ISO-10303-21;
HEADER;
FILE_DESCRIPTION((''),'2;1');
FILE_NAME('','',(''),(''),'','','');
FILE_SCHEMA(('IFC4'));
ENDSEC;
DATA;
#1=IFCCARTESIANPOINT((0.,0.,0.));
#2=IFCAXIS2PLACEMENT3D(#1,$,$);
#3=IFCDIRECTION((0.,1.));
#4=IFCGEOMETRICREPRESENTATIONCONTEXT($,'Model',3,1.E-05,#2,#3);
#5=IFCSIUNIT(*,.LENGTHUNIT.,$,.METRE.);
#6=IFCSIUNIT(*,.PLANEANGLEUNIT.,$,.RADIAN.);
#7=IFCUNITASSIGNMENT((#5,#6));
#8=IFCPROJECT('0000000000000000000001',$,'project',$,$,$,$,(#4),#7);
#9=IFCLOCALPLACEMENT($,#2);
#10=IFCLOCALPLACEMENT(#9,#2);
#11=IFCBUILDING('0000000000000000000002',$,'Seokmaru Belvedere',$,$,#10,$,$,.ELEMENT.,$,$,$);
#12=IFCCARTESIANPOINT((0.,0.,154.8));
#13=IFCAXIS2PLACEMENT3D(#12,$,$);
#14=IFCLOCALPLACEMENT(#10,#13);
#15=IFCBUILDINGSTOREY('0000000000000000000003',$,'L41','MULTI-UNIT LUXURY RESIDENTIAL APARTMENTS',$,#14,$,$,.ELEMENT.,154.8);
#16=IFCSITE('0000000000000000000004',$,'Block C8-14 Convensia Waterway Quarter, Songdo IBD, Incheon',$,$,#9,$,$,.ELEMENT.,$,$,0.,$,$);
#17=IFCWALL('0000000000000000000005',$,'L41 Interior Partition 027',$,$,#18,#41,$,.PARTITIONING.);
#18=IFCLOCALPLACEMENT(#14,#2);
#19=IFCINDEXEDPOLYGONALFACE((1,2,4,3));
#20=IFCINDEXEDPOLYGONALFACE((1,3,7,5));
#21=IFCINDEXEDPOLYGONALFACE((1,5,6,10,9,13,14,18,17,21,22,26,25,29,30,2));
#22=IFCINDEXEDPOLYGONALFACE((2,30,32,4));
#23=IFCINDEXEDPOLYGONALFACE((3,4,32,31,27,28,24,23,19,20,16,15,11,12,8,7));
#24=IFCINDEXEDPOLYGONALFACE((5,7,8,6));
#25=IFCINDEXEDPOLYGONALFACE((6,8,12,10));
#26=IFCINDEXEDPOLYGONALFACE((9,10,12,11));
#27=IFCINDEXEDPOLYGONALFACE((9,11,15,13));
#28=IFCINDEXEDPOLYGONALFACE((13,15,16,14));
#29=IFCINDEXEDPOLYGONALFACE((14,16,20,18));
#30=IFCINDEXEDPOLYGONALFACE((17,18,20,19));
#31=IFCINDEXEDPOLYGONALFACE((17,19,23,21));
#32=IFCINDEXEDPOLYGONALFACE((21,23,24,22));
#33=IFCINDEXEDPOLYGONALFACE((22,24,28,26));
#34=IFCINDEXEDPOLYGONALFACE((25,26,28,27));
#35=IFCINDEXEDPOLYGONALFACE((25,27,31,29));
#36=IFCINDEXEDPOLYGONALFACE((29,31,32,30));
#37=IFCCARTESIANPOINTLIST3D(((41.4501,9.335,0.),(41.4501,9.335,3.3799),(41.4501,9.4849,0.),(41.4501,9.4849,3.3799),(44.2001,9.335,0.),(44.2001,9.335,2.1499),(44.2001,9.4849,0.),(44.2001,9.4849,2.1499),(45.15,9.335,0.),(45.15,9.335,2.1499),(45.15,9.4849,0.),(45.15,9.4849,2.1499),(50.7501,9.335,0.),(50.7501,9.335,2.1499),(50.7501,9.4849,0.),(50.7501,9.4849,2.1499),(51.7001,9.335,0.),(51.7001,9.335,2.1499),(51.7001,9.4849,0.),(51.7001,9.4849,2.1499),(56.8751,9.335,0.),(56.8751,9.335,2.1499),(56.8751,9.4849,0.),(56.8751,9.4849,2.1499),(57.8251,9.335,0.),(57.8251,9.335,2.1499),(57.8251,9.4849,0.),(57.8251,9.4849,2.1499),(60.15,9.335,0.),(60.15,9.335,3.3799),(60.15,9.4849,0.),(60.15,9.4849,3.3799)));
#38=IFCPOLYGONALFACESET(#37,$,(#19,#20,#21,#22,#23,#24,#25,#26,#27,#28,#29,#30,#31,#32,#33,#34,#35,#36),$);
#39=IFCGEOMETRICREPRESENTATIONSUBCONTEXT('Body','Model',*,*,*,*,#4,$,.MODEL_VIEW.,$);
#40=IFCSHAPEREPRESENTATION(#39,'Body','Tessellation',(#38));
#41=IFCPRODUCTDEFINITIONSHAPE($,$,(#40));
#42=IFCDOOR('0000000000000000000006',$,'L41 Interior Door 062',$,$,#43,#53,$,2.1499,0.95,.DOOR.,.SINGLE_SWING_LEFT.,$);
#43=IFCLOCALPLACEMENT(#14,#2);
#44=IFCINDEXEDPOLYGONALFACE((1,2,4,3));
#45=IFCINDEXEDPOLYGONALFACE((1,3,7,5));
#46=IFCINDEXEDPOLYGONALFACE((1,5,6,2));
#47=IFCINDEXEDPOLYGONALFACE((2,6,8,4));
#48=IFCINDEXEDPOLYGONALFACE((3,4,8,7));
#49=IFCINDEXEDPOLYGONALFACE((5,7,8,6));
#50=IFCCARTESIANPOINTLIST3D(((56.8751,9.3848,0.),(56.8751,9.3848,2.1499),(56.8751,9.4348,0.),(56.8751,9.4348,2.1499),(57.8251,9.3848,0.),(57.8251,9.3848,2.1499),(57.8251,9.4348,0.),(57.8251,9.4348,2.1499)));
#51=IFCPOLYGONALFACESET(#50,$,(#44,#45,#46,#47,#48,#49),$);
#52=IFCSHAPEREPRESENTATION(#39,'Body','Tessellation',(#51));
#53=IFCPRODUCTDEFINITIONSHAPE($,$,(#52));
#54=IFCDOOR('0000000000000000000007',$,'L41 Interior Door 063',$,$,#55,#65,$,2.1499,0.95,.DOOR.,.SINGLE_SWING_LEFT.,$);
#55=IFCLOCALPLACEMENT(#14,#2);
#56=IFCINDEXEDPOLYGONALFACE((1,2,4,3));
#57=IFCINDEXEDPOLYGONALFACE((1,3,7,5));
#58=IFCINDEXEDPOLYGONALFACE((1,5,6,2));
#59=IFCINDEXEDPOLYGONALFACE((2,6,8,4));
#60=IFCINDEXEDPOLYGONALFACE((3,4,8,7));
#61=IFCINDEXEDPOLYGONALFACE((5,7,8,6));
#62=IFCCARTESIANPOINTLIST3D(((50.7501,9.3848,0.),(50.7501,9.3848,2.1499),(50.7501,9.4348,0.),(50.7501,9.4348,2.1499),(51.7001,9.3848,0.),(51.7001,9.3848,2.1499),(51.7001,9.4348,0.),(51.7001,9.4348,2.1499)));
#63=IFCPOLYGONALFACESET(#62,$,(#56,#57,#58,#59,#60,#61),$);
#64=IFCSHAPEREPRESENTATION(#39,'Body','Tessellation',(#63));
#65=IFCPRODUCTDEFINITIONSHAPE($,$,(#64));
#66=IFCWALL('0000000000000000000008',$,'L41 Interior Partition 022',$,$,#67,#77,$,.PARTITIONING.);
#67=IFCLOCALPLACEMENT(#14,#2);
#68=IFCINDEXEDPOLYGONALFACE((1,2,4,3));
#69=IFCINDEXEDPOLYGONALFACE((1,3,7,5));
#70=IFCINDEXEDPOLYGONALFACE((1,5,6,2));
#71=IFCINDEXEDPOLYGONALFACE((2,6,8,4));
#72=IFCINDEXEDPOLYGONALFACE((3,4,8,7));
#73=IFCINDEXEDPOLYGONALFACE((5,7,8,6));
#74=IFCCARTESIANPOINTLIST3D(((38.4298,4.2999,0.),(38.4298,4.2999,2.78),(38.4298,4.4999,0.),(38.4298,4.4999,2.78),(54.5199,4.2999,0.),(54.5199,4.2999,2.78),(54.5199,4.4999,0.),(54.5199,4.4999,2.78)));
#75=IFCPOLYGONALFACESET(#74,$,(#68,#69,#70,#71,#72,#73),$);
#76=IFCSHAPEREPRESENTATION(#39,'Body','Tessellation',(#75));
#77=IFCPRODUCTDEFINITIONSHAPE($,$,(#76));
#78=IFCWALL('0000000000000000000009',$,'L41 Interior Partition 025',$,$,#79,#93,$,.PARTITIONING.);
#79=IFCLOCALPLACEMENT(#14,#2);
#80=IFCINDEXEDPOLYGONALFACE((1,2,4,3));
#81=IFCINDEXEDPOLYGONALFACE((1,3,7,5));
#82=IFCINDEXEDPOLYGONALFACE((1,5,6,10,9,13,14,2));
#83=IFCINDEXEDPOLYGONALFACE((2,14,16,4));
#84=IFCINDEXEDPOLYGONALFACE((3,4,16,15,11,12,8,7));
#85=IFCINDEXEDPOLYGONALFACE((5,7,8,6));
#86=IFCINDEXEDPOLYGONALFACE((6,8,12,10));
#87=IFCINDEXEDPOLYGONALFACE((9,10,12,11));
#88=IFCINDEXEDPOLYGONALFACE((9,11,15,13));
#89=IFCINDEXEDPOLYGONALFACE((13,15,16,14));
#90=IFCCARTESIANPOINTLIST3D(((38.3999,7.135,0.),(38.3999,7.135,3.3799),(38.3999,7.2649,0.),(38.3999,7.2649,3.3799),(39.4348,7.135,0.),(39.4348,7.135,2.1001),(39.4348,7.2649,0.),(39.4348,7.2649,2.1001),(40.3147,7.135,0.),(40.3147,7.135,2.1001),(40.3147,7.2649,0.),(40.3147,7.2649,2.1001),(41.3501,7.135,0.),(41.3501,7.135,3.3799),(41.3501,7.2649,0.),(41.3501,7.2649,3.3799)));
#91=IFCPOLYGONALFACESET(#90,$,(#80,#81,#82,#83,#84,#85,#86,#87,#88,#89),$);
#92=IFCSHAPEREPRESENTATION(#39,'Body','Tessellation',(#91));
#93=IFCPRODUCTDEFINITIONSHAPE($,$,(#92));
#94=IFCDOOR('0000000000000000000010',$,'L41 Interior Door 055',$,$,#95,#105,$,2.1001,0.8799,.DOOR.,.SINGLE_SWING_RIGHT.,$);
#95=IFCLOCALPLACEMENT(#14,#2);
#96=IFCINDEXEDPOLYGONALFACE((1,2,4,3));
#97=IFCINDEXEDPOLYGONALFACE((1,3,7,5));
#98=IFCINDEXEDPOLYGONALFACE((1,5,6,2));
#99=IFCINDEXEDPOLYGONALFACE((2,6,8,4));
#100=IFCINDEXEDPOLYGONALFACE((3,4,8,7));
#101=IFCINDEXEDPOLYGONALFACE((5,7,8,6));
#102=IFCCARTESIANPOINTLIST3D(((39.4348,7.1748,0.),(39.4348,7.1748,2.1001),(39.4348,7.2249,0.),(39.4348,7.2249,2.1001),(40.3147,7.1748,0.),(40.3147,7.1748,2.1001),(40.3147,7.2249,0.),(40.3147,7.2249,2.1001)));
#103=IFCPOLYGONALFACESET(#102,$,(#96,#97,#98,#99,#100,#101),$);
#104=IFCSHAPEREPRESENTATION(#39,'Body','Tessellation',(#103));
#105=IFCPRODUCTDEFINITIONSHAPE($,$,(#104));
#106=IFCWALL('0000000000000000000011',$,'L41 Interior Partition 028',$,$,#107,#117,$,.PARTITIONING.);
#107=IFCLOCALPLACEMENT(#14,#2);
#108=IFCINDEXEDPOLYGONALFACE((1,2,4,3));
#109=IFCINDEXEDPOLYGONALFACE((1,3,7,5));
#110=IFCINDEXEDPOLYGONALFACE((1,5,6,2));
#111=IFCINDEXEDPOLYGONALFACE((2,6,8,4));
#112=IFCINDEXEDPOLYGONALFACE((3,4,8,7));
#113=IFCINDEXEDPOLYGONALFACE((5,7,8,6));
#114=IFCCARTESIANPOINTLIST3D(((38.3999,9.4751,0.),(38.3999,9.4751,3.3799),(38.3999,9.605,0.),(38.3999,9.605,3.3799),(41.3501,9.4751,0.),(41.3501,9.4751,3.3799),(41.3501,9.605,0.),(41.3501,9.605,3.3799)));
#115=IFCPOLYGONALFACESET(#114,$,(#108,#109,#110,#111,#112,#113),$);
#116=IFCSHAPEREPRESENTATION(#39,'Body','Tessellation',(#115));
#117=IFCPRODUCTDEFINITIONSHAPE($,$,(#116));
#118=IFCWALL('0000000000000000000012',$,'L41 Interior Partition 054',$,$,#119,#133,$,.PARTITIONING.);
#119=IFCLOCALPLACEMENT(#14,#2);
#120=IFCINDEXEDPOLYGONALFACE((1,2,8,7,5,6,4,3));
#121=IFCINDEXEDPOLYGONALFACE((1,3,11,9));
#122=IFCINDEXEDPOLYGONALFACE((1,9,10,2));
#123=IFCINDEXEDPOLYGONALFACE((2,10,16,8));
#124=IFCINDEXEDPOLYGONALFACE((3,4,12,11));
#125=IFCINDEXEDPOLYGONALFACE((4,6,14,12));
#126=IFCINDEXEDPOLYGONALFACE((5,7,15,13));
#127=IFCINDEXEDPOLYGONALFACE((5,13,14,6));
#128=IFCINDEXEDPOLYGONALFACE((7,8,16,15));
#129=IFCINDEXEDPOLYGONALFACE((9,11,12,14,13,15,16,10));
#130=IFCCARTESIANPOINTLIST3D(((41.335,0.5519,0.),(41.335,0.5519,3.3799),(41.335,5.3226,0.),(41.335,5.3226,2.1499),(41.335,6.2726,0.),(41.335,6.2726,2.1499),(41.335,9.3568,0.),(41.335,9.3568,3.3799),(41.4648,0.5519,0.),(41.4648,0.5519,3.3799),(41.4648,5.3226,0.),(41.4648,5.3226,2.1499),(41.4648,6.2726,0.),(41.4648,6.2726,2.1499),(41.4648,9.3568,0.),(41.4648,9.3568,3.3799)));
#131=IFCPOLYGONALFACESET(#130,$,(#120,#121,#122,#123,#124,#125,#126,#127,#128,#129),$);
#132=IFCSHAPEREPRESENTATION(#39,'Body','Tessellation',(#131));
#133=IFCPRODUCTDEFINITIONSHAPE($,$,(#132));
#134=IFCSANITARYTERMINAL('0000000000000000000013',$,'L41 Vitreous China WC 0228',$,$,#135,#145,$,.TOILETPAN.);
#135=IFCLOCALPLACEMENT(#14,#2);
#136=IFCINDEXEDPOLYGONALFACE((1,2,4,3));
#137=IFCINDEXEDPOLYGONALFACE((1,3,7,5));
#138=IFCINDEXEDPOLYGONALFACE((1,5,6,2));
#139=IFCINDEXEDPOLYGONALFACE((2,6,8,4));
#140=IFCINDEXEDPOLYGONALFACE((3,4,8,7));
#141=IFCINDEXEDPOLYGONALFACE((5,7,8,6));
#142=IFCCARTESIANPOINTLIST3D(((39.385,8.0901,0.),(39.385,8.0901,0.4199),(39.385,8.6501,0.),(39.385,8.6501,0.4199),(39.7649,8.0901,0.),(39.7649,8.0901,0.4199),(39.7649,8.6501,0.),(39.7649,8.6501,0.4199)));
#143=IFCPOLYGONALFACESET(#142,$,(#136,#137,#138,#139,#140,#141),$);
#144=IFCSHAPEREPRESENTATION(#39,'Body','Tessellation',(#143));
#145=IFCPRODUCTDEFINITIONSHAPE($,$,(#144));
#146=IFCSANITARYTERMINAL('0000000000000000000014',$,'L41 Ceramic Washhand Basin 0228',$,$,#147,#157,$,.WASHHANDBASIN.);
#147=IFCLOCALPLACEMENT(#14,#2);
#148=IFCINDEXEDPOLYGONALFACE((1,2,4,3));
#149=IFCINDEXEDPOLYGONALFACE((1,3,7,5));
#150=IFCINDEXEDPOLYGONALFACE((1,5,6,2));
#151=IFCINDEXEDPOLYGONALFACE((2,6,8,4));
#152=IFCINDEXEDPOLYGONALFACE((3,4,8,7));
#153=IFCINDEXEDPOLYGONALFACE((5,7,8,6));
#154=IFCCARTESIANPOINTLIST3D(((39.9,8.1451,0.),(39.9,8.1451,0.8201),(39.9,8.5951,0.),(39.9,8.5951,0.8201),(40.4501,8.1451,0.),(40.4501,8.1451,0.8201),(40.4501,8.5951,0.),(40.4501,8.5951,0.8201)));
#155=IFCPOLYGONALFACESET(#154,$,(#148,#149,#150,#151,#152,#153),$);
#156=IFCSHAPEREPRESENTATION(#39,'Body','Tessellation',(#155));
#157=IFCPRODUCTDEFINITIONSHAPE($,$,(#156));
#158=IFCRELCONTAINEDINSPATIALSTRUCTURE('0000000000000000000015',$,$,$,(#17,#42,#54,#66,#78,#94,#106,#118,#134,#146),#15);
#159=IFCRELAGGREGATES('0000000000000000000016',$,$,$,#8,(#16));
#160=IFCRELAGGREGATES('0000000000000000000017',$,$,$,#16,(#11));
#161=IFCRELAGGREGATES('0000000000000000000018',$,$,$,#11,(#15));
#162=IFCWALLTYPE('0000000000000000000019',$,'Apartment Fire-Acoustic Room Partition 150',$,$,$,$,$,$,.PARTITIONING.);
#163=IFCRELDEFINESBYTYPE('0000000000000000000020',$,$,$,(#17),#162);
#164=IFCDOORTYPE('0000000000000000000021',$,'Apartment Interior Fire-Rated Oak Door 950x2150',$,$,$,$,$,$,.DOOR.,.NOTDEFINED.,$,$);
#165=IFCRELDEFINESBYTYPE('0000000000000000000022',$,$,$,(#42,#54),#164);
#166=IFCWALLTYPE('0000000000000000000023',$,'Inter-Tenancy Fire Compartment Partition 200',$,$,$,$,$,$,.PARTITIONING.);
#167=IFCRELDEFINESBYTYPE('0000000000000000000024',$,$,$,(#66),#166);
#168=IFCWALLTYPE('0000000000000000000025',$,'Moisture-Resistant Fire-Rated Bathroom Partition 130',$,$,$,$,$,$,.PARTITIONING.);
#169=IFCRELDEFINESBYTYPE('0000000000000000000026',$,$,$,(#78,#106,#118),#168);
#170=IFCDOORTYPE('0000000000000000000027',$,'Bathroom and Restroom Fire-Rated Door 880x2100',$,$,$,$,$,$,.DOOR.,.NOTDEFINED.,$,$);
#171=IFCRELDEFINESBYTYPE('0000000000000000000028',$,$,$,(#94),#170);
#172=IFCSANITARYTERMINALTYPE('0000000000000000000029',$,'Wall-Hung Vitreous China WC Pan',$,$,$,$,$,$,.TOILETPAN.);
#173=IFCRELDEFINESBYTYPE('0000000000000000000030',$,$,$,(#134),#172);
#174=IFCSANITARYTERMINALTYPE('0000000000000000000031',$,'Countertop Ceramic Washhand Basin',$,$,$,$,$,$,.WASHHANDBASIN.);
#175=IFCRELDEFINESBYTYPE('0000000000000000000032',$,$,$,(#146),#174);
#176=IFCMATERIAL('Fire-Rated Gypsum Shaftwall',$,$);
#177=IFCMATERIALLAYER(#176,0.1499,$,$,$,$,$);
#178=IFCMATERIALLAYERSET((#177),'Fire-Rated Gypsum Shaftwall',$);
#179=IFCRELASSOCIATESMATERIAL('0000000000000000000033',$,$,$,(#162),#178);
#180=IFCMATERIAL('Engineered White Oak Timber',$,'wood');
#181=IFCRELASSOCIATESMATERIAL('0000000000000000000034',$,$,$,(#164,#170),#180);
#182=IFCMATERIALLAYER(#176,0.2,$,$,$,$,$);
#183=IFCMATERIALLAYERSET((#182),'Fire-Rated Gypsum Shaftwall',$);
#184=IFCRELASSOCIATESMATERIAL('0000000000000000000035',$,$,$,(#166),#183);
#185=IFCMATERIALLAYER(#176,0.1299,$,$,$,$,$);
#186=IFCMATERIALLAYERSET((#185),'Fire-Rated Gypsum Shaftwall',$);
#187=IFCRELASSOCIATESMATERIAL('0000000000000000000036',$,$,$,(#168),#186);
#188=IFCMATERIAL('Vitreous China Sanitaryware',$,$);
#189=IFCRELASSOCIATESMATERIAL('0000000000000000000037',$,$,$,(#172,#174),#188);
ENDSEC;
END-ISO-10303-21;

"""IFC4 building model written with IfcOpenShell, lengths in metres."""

from ifc_helpers import new_model, si_unit, direction, frame, frame_2d, origin, origin_2d, place, context, subcontext, project, spatial, rectangle, extrude, source, transform, mapped, material, layer, layer_set, type_object, type_shapes, element, fill, save


model = new_model("IFC4")

# Units and contexts
model_context = context("Model", 3, precision=1e-05, world=origin(), true_north=direction((0.0, 1.0)))
body_context = subcontext(model_context, "Body", "Model", "MODEL_VIEW")
ifc_project = project(units=[si_unit("LENGTHUNIT", "METRE"), si_unit("PLANEANGLEUNIT", "RADIAN")], contexts=[model_context])

# Site, building, storey
site_placement = place(None, origin())
site = spatial("IfcSite", under=ifc_project, at=site_placement, Name="Block C8-14 Convensia Waterway Quarter, Songdo IBD, Incheon", CompositionType="ELEMENT", RefElevation=0.0)
building_placement = place(site_placement, origin())
building = spatial("IfcBuilding", under=site, at=building_placement, Name="Seokmaru Belvedere", CompositionType="ELEMENT")
storey_placement = place(building_placement, frame((0.0, 0.0, 154.8)))
storey = spatial("IfcBuildingStorey", under=building, at=storey_placement, Name="L41", Description="MULTI-UNIT LUXURY RESIDENTIAL APARTMENTS", CompositionType="ELEMENT", Elevation=154.8)

# Shared definitions
ifc_material_1 = material(Name="Fire-Rated Gypsum Shaftwall")
ifc_layer_1 = layer(ifc_material_1, 0.1499)
ifc_layer_set_1 = layer_set([ifc_layer_1], Name="Fire-Rated Gypsum Shaftwall")
wall_type_1 = type_object("IfcWallType", Name="Apartment Fire-Acoustic Room Partition 150", PredefinedType="PARTITIONING", material=ifc_layer_set_1)

# Wall, openings, doors
wall_1_placement = place(storey_placement, frame((41.45, 9.4099, 0.0), z_axis=(0.0, 0.0, 1.0), x_axis=(1.0, 0.0, 0.0)))
wall_1 = element("IfcWall", 1, at=wall_1_placement, inside=storey, type_object=wall_type_1, Name="L41 Interior Partition 027", PredefinedType="PARTITIONING", context=body_context, shape_type="SweptSolid", body=[
    extrude(rectangle(XDim=18.7, YDim=0.1499, at=frame_2d((9.3501, 0.0))), origin(), (0.0, 0.0, 1.0), 3.3799),
])
opening_1_placement = place(wall_1_placement, frame((2.75, 0.0, 0.0)))
element("IfcOpeningElement", 2, at=opening_1_placement, cuts=wall_1, PredefinedType="OPENING", context=body_context, shape_type="SweptSolid", body=[
    extrude(rectangle(XDim=0.95, YDim=2.1499, at=frame_2d((0.4751, 1.075))), frame((0.0, 0.085, 0.0), z_axis=(0.0, -1.0, 0.0), x_axis=(1.0, 0.0, 0.0)), (0.0, 0.0, 1.0), 0.1699),
])
opening_2_placement = place(wall_1_placement, frame((15.425, 0.0, 0.0)))
opening_2 = element("IfcOpeningElement", 3, at=opening_2_placement, cuts=wall_1, PredefinedType="OPENING", context=body_context, shape_type="SweptSolid", body=[
    extrude(rectangle(XDim=0.95, YDim=2.1499, at=frame_2d((0.4751, 1.075))), frame((0.0, 0.085, 0.0), z_axis=(0.0, -1.0, 0.0), x_axis=(1.0, 0.0, 0.0)), (0.0, 0.0, 1.0), 0.1699),
])
opening_3_placement = place(wall_1_placement, frame((9.3, 0.0, 0.0)))
opening_3 = element("IfcOpeningElement", 4, at=opening_3_placement, cuts=wall_1, PredefinedType="OPENING", context=body_context, shape_type="SweptSolid", body=[
    extrude(rectangle(XDim=0.95, YDim=2.1499, at=frame_2d((0.4751, 1.075))), frame((0.0, 0.085, 0.0), z_axis=(0.0, -1.0, 0.0), x_axis=(1.0, 0.0, 0.0)), (0.0, 0.0, 1.0), 0.1699),
])
ifc_material_2 = material(Name="Engineered White Oak Timber", Category="wood")
door_type_1 = type_object("IfcDoorType", Name="Apartment Interior Fire-Rated Oak Door 950x2150", OperationType="NOTDEFINED", PredefinedType="DOOR", material=ifc_material_2)
shared_shape_1 = source(origin(), body_context, "Body", "SweptSolid", [
    extrude(rectangle(XDim=0.95, YDim=2.1499, at=frame_2d((0.4751, 1.075))), frame((0.0, 0.0249, 0.0), z_axis=(0.0, -1.0, 0.0), x_axis=(1.0, 0.0, 0.0)), (0.0, 0.0, 1.0), 0.05),
])
type_shapes(door_type_1, [shared_shape_1])
door_1_placement = place(opening_2_placement, origin())
door_1 = element("IfcDoor", 5, at=door_1_placement, inside=storey, type_object=door_type_1, Name="L41 Interior Door 062", OperationType="SINGLE_SWING_LEFT", OverallHeight=2.1499, OverallWidth=0.95, PredefinedType="DOOR", context=body_context, shape_type="MappedRepresentation", body=[
    mapped(shared_shape_1, transform((0.0, 0.0, 0.0), scale=1.0)),
])
fill(opening_2, door_1)
door_2_placement = place(opening_3_placement, origin())
door_2 = element("IfcDoor", 6, at=door_2_placement, inside=storey, type_object=door_type_1, Name="L41 Interior Door 063", OperationType="SINGLE_SWING_LEFT", OverallHeight=2.1499, OverallWidth=0.95, PredefinedType="DOOR", context=body_context, shape_type="MappedRepresentation", body=[
    mapped(shared_shape_1, transform((0.0, 0.0, 0.0), scale=1.0)),
])
fill(opening_3, door_2)

# Wall
ifc_layer_2 = layer(ifc_material_1, 0.2)
ifc_layer_set_2 = layer_set([ifc_layer_2], Name="Fire-Rated Gypsum Shaftwall")
wall_type_2 = type_object("IfcWallType", Name="Inter-Tenancy Fire Compartment Partition 200", PredefinedType="PARTITIONING", material=ifc_layer_set_2)
wall_2_placement = place(storey_placement, frame((38.4299, 4.3999, 0.0), z_axis=(0.0, 0.0, 1.0), x_axis=(1.0, 0.0, 0.0)))
element("IfcWall", 7, at=wall_2_placement, inside=storey, type_object=wall_type_2, Name="L41 Interior Partition 022", PredefinedType="PARTITIONING", context=body_context, shape_type="SweptSolid", body=[
    extrude(rectangle(XDim=16.0901, YDim=0.2, at=frame_2d((8.0449, 0.0))), origin(), (0.0, 0.0, 1.0), 2.78),
])

# Wall, opening, door
ifc_layer_3 = layer(ifc_material_1, 0.1299)
ifc_layer_set_3 = layer_set([ifc_layer_3], Name="Fire-Rated Gypsum Shaftwall")
wall_type_3 = type_object("IfcWallType", Name="Moisture-Resistant Fire-Rated Bathroom Partition 130", PredefinedType="PARTITIONING", material=ifc_layer_set_3)
wall_3_placement = place(storey_placement, frame((38.3999, 7.2, 0.0), z_axis=(0.0, 0.0, 1.0), x_axis=(1.0, 0.0, 0.0)))
wall_3 = element("IfcWall", 8, at=wall_3_placement, inside=storey, type_object=wall_type_3, Name="L41 Interior Partition 025", PredefinedType="PARTITIONING", context=body_context, shape_type="SweptSolid", body=[
    extrude(rectangle(XDim=2.9502, YDim=0.1299, at=frame_2d((1.4751, 0.0))), origin(), (0.0, 0.0, 1.0), 3.3799),
])
opening_4_placement = place(wall_3_placement, frame((1.0349, 0.0, 0.0)))
opening_4 = element("IfcOpeningElement", 9, at=opening_4_placement, cuts=wall_3, PredefinedType="OPENING", context=body_context, shape_type="SweptSolid", body=[
    extrude(rectangle(XDim=0.8799, YDim=2.1001, at=frame_2d((0.4399, 1.05))), frame((0.0, 0.075, 0.0), z_axis=(0.0, -1.0, 0.0), x_axis=(1.0, 0.0, 0.0)), (0.0, 0.0, 1.0), 0.1499),
])
door_type_2 = type_object("IfcDoorType", Name="Bathroom and Restroom Fire-Rated Door 880x2100", OperationType="NOTDEFINED", PredefinedType="DOOR", material=ifc_material_2)
shared_shape_2 = source(origin(), body_context, "Body", "SweptSolid", [
    extrude(rectangle(XDim=0.8799, YDim=2.1001, at=frame_2d((0.4399, 1.05))), frame((0.0, 0.0249, 0.0), z_axis=(0.0, -1.0, 0.0), x_axis=(1.0, 0.0, 0.0)), (0.0, 0.0, 1.0), 0.05),
])
type_shapes(door_type_2, [shared_shape_2])
door_3_placement = place(opening_4_placement, origin())
door_3 = element("IfcDoor", 10, at=door_3_placement, inside=storey, type_object=door_type_2, Name="L41 Interior Door 055", OperationType="SINGLE_SWING_RIGHT", OverallHeight=2.1001, OverallWidth=0.8799, PredefinedType="DOOR", context=body_context, shape_type="MappedRepresentation", body=[
    mapped(shared_shape_2, transform((0.0, 0.0, 0.0), scale=1.0)),
])
fill(opening_4, door_3)

# Wall
wall_4_placement = place(storey_placement, frame((38.3999, 9.54, 0.0), z_axis=(0.0, 0.0, 1.0), x_axis=(1.0, 0.0, 0.0)))
element("IfcWall", 11, at=wall_4_placement, inside=storey, type_object=wall_type_3, Name="L41 Interior Partition 028", PredefinedType="PARTITIONING", context=body_context, shape_type="SweptSolid", body=[
    extrude(rectangle(XDim=2.9502, YDim=0.1299, at=frame_2d((1.4751, 0.0))), origin(), (0.0, 0.0, 1.0), 3.3799),
])

# Wall, opening
wall_5_placement = place(storey_placement, frame((41.3999, 0.552, 0.0), z_axis=(0.0, 0.0, 1.0), x_axis=(0.0, 1.0, 0.0)))
wall_5 = element("IfcWall", 12, at=wall_5_placement, inside=storey, type_object=wall_type_3, Name="L41 Interior Partition 054", PredefinedType="PARTITIONING", context=body_context, shape_type="SweptSolid", body=[
    extrude(rectangle(XDim=8.8049, YDim=0.1299, at=frame_2d((4.4023, 0.0))), origin(), (0.0, 0.0, 1.0), 3.3799),
])
opening_5_placement = place(wall_5_placement, frame((4.7705, 0.0, 0.0)))
element("IfcOpeningElement", 13, at=opening_5_placement, cuts=wall_5, PredefinedType="OPENING", context=body_context, shape_type="SweptSolid", body=[
    extrude(rectangle(XDim=0.95, YDim=2.1499, at=frame_2d((0.4751, 1.075))), frame((0.0, 0.075, 0.0), z_axis=(0.0, -1.0, 0.0), x_axis=(1.0, 0.0, 0.0)), (0.0, 0.0, 1.0), 0.1499),
])

# Sanitary terminals
ifc_material_3 = material(Name="Vitreous China Sanitaryware")
sanitary_terminal_type_1 = type_object("IfcSanitaryTerminalType", Name="Wall-Hung Vitreous China WC Pan", PredefinedType="TOILETPAN", material=ifc_material_3)
shared_shape_3 = source(origin(), body_context, "Body", "SweptSolid", [
    extrude(rectangle(XDim=0.3799, YDim=0.5601, at=origin_2d()), origin(), (0.0, 0.0, 1.0), 0.4199),
])
type_shapes(sanitary_terminal_type_1, [shared_shape_3])
sanitary_terminal_1_placement = place(storey_placement, frame((39.575, 8.3701, 0.0), z_axis=(0.0, 0.0, 1.0), x_axis=(1.0, 0.0, 0.0)))
element("IfcSanitaryTerminal", 14, at=sanitary_terminal_1_placement, inside=storey, type_object=sanitary_terminal_type_1, Name="L41 Vitreous China WC 0228", PredefinedType="TOILETPAN", context=body_context, shape_type="MappedRepresentation", body=[
    mapped(shared_shape_3, transform((0.0, 0.0, 0.0), scale=1.0)),
])
sanitary_terminal_type_2 = type_object("IfcSanitaryTerminalType", Name="Countertop Ceramic Washhand Basin", PredefinedType="WASHHANDBASIN", material=ifc_material_3)
shared_shape_4 = source(origin(), body_context, "Body", "SweptSolid", [
    extrude(rectangle(XDim=0.55, YDim=0.45, at=origin_2d()), origin(), (0.0, 0.0, 1.0), 0.8201),
])
type_shapes(sanitary_terminal_type_2, [shared_shape_4])
sanitary_terminal_2_placement = place(storey_placement, frame((40.175, 8.3701, 0.0), z_axis=(0.0, 0.0, 1.0), x_axis=(1.0, 0.0, 0.0)))
element("IfcSanitaryTerminal", 15, at=sanitary_terminal_2_placement, inside=storey, type_object=sanitary_terminal_type_2, Name="L41 Ceramic Washhand Basin 0228", PredefinedType="WASHHANDBASIN", context=body_context, shape_type="MappedRepresentation", body=[
    mapped(shared_shape_4, transform((0.0, 0.0, 0.0), scale=1.0)),
])

save(model, "model.ifc")
